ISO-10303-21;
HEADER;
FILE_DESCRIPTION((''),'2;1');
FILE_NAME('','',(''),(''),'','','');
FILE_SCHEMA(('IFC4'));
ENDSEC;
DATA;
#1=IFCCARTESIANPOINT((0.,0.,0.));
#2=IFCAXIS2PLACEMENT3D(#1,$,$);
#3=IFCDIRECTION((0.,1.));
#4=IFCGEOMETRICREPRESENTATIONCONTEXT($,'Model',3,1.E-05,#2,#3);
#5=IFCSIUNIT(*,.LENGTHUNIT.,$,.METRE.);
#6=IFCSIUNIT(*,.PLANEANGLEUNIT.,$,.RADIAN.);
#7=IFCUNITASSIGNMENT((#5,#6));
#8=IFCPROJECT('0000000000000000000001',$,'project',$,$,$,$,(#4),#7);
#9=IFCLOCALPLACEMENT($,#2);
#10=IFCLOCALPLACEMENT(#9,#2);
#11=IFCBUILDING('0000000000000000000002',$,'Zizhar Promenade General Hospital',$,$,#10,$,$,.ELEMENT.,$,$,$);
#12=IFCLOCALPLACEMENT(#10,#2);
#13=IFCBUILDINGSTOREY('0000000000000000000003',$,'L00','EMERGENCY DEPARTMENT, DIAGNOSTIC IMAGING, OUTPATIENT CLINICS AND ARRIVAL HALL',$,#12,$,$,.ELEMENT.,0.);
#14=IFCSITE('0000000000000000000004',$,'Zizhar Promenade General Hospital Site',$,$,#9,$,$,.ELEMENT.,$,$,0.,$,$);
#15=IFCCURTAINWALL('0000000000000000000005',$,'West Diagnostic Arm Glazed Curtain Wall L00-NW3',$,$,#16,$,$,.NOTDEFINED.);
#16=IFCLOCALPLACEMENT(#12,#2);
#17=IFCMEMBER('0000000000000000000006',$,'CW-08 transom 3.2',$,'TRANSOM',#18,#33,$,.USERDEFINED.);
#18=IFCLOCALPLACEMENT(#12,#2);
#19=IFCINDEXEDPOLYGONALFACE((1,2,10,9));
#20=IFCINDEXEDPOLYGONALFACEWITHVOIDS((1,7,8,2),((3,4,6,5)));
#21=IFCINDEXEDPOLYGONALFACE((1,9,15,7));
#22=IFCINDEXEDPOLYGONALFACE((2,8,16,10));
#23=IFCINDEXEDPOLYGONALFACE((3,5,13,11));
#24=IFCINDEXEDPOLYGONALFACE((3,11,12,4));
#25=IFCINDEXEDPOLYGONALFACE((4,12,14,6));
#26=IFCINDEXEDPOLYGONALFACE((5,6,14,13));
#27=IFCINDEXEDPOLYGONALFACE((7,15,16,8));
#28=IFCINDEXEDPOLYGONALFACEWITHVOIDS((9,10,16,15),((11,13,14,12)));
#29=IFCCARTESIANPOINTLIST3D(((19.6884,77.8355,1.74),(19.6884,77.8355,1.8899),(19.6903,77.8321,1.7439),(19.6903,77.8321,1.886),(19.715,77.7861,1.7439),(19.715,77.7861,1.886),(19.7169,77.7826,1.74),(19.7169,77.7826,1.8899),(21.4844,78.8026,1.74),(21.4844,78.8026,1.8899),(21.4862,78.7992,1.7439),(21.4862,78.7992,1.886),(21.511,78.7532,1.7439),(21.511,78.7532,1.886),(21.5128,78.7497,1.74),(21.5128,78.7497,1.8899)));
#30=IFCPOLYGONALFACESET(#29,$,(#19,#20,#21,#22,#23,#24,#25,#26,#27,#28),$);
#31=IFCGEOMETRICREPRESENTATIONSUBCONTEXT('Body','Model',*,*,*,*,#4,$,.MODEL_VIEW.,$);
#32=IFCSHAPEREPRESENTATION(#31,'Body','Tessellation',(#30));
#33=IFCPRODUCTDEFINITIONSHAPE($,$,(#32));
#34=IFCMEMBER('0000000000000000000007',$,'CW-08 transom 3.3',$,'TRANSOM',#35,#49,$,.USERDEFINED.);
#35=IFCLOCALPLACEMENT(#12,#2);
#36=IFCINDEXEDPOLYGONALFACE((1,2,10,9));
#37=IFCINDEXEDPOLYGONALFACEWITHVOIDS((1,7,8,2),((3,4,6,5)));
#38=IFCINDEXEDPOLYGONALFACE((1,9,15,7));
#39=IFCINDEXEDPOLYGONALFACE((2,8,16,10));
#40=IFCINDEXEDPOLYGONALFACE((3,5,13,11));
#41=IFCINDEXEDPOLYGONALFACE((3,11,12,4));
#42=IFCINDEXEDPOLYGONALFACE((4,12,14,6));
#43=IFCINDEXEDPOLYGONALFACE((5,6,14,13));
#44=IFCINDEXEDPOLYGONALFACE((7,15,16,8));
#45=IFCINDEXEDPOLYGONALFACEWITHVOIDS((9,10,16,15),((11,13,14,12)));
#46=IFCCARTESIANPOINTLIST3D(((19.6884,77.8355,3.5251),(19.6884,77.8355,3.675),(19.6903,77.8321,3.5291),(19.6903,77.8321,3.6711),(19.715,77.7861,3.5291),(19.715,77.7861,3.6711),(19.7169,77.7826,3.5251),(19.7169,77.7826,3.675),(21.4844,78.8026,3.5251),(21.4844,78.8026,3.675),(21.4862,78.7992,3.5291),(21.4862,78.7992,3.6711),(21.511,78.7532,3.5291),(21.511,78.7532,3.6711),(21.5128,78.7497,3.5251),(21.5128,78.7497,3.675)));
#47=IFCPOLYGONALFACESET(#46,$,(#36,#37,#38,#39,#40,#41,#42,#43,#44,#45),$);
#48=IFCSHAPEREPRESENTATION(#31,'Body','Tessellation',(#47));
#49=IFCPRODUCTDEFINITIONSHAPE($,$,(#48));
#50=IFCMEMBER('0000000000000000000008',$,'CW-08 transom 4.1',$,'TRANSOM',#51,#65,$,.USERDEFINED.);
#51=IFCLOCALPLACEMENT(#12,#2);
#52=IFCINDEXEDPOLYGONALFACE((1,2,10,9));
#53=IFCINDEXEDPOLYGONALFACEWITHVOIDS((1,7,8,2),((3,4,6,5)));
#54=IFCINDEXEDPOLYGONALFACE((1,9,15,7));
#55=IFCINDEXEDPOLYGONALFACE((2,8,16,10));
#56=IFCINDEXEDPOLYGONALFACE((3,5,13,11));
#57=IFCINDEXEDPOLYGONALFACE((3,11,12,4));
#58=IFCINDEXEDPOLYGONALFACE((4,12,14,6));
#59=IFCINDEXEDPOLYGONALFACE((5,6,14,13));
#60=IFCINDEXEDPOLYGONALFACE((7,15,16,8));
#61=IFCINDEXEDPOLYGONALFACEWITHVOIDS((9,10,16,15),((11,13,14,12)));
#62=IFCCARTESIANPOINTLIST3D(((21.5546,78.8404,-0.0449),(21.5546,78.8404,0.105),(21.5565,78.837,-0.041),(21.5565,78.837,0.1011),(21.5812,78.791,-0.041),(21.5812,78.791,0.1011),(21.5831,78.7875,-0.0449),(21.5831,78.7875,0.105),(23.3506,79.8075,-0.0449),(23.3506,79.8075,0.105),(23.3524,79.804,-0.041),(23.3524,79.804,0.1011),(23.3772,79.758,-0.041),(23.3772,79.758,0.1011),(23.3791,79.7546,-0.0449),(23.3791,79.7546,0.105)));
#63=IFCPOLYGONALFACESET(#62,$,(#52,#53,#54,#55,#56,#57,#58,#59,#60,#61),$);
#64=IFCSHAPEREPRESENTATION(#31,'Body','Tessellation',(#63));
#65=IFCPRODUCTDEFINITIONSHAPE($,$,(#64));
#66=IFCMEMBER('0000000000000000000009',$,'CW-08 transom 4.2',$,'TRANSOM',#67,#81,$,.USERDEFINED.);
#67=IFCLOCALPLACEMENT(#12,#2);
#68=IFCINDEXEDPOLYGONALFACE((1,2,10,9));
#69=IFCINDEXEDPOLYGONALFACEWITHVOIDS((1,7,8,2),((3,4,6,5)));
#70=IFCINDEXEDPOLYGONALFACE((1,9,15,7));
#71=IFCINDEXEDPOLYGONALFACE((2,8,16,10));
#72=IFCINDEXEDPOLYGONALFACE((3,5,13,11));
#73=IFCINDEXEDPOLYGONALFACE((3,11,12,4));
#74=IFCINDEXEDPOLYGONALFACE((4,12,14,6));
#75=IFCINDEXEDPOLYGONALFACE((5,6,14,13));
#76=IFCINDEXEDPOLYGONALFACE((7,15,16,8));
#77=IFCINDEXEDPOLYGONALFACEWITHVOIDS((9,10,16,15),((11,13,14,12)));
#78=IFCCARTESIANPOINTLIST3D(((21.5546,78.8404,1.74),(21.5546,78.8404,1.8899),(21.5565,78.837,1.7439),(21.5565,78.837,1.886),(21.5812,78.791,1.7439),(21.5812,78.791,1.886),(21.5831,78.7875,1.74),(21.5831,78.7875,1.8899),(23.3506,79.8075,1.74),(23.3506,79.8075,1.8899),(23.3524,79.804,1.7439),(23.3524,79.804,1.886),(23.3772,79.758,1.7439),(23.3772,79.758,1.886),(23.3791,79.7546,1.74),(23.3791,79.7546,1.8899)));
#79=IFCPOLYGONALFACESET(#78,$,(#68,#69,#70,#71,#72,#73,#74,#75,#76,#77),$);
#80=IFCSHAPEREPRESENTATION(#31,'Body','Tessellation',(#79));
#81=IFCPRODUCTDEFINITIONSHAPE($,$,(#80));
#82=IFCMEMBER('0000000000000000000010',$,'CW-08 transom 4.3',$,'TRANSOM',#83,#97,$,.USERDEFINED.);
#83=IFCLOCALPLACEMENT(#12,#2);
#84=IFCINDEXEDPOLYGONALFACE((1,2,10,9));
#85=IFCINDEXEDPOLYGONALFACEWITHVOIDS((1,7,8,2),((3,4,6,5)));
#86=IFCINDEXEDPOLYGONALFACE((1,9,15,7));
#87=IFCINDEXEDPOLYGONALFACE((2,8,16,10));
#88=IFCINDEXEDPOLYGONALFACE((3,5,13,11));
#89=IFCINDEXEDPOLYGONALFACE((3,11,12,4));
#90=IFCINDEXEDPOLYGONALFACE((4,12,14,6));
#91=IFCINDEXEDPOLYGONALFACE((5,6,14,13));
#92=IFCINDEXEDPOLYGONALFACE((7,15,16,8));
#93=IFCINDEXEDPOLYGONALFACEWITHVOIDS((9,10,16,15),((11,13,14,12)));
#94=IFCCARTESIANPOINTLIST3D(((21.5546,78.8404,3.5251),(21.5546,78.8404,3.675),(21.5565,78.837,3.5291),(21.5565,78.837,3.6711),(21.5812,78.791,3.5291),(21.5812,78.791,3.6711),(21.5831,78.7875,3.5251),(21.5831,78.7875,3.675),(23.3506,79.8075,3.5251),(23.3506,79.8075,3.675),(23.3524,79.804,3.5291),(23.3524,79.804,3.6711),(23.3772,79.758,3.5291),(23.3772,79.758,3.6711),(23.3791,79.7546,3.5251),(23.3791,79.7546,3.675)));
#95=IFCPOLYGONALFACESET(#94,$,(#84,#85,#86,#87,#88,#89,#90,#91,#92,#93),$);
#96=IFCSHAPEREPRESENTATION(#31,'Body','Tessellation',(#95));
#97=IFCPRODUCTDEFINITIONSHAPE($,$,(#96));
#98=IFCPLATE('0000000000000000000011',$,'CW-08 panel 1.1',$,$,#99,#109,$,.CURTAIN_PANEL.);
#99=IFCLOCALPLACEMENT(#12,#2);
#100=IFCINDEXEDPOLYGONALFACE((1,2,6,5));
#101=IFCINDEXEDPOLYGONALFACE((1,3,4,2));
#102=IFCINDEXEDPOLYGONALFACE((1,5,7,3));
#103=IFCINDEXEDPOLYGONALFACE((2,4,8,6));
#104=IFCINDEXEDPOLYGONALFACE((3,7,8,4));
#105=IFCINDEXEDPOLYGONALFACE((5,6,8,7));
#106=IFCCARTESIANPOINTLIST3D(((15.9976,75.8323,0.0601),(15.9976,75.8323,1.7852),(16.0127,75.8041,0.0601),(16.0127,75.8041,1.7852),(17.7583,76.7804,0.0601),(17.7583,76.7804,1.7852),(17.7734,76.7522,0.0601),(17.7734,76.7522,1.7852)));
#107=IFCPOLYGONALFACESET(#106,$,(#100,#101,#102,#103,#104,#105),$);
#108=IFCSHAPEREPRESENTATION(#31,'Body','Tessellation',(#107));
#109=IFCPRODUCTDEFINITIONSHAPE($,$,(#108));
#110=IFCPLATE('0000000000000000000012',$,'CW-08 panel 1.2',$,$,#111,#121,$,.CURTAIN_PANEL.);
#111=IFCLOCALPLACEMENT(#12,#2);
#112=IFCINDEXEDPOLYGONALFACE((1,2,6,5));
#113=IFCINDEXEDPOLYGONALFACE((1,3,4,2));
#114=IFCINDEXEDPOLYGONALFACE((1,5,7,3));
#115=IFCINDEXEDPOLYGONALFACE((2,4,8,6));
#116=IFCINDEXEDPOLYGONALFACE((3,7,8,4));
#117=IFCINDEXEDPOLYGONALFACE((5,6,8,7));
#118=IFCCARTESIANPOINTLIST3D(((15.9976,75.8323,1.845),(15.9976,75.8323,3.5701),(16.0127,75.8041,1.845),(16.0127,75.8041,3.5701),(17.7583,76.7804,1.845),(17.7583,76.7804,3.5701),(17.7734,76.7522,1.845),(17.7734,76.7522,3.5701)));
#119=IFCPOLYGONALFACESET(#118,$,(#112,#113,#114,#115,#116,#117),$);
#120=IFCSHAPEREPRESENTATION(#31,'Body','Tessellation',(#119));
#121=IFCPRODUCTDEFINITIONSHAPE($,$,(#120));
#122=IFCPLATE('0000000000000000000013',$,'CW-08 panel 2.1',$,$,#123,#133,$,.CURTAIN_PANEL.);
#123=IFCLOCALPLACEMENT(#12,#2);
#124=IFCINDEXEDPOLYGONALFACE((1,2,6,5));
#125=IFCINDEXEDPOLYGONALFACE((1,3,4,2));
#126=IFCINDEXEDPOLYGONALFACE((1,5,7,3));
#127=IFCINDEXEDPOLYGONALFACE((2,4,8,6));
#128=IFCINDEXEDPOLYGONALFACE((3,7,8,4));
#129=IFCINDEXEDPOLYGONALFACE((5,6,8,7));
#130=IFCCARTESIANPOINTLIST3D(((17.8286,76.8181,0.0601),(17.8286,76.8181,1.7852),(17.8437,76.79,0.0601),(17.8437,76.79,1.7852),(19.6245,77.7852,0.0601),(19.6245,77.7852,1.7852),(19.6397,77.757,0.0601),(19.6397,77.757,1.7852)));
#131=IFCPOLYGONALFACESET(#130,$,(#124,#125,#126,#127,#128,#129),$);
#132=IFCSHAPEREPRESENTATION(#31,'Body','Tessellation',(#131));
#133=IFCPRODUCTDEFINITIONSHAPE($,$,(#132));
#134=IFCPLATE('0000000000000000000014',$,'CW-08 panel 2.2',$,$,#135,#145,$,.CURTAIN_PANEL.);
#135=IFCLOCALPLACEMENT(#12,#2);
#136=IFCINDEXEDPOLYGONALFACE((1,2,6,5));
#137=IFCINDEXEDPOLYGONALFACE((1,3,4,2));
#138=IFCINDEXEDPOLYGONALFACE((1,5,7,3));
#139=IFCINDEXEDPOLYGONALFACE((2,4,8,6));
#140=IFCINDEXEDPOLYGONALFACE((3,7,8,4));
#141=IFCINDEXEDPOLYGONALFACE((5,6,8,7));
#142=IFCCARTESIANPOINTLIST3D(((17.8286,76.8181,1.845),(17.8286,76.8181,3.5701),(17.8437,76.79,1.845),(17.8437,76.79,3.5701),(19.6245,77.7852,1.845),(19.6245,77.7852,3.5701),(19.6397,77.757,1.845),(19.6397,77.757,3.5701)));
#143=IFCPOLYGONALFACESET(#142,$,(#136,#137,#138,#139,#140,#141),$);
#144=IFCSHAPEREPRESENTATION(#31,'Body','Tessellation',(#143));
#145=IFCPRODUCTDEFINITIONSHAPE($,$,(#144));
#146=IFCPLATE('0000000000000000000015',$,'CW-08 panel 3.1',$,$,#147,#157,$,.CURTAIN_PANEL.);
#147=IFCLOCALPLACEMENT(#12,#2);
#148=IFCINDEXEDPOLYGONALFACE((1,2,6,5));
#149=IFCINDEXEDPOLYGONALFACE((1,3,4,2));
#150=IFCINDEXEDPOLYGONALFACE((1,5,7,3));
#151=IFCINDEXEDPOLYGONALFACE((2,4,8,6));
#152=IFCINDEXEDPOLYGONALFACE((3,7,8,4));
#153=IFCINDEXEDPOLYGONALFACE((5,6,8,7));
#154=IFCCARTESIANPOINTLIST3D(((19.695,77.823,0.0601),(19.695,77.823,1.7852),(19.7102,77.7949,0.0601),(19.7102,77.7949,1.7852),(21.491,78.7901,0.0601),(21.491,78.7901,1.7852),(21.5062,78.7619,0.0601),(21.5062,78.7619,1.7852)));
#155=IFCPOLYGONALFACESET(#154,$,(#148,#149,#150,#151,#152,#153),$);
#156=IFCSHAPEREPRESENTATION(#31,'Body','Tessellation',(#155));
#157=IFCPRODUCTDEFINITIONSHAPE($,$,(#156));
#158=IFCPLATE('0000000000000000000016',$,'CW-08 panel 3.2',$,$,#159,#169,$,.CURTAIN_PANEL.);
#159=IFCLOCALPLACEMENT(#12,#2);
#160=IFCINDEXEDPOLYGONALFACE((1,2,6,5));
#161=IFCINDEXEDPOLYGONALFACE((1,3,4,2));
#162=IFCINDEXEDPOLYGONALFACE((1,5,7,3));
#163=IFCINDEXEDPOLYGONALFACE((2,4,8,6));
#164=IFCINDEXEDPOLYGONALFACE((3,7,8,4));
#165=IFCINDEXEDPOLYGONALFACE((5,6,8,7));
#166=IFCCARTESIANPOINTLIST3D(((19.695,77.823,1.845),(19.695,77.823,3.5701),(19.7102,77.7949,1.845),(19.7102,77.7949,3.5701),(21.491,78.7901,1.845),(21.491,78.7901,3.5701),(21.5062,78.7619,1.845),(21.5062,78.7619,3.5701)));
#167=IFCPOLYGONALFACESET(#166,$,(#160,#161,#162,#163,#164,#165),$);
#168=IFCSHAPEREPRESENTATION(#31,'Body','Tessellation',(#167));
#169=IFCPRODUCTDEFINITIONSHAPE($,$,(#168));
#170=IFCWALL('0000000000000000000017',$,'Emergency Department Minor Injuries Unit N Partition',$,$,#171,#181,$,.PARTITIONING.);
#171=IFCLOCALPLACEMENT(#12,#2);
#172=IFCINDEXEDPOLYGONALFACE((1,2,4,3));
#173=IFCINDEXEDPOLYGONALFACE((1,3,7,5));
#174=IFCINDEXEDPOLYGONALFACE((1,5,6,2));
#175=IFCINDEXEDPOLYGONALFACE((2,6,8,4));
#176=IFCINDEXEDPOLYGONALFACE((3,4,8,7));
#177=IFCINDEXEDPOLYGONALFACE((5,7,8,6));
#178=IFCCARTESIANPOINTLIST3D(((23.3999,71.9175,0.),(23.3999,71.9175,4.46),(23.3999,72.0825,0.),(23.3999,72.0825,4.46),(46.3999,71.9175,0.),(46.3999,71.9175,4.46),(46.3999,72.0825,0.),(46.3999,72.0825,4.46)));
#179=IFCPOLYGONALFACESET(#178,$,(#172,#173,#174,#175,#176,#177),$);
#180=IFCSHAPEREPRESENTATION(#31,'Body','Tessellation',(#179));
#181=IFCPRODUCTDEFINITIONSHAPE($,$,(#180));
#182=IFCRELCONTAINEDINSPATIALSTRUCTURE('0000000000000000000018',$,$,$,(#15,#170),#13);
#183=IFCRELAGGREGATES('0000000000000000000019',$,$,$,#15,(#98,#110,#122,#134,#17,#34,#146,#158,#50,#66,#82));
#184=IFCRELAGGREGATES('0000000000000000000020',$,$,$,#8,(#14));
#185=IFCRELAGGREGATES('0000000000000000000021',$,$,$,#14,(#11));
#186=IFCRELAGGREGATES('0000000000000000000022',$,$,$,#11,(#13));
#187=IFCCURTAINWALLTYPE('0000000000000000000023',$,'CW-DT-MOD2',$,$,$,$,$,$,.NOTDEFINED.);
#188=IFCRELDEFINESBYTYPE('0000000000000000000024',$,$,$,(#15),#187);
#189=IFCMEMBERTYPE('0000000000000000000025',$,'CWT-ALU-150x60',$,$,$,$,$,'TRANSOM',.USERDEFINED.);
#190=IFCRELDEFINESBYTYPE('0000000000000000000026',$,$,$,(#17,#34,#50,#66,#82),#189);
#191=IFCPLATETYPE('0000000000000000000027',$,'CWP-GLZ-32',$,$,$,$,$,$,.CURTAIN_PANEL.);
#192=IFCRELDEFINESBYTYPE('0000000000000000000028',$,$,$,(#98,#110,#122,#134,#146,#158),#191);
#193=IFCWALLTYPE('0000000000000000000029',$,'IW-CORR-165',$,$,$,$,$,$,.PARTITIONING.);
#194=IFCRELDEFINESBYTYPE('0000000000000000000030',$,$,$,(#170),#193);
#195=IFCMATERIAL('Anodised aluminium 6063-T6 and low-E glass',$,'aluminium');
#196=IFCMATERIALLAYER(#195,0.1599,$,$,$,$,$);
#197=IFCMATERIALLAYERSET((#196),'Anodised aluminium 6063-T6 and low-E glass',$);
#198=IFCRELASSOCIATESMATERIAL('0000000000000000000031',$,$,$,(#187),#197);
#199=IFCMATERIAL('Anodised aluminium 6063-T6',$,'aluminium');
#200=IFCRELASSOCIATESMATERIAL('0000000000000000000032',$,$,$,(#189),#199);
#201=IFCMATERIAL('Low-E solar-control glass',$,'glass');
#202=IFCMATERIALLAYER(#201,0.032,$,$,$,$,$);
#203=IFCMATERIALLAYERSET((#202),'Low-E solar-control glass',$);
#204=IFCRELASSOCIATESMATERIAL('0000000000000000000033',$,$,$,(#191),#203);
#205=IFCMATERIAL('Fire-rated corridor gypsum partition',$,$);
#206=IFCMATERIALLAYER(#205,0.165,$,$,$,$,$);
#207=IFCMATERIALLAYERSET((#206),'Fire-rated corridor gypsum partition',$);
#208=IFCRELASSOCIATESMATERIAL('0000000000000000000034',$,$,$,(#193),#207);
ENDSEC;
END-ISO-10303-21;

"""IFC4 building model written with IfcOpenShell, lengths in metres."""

from ifc_helpers import new_model, si_unit, direction, frame, frame_2d, origin, origin_2d, place, context, subcontext, project, spatial, rectangle, hollow_rectangle, extrude, material, layer, layer_set, material_profile, profile_set, type_object, element, aggregate, save


model = new_model("IFC4")

# Units and contexts
model_context = context("Model", 3, precision=1e-05, world=origin(), true_north=direction((0.0, 1.0)))
body_context = subcontext(model_context, "Body", "Model", "MODEL_VIEW")
ifc_project = project(units=[si_unit("LENGTHUNIT", "METRE"), si_unit("PLANEANGLEUNIT", "RADIAN")], contexts=[model_context])

# Site, building, storey
site_placement = place(None, origin())
site = spatial("IfcSite", under=ifc_project, at=site_placement, Name="Zizhar Promenade General Hospital Site", CompositionType="ELEMENT", RefElevation=0.0)
building_placement = place(site_placement, origin())
building = spatial("IfcBuilding", under=site, at=building_placement, Name="Zizhar Promenade General Hospital", CompositionType="ELEMENT")
storey_placement = place(building_placement, origin())
storey = spatial("IfcBuildingStorey", under=building, at=storey_placement, Name="L00", Description="EMERGENCY DEPARTMENT, DIAGNOSTIC IMAGING, OUTPATIENT CLINICS AND ARRIVAL HALL", CompositionType="ELEMENT", Elevation=0.0)

# Curtain wall, members, plates
ifc_material_1 = material(Name="Anodised aluminium 6063-T6 and low-E glass", Category="aluminium")
ifc_layer_1 = layer(ifc_material_1, 0.1599)
ifc_layer_set_1 = layer_set([ifc_layer_1], Name="Anodised aluminium 6063-T6 and low-E glass")
curtain_wall_type = type_object("IfcCurtainWallType", Name="CW-DT-MOD2", PredefinedType="NOTDEFINED", material=ifc_layer_set_1)
curtain_wall_placement = place(storey_placement, origin())
curtain_wall = element("IfcCurtainWall", 1, at=curtain_wall_placement, inside=storey, type_object=curtain_wall_type, Name="West Diagnostic Arm Glazed Curtain Wall L00-NW3", PredefinedType="NOTDEFINED")
ifc_material_2 = material(Name="Anodised aluminium 6063-T6", Category="aluminium")
ifc_material_profile_1 = material_profile(ifc_material_2, hollow_rectangle(XDim=0.0601, YDim=0.1499, WallThickness=0.0039, at=origin_2d()))
ifc_profile_set_1 = profile_set([ifc_material_profile_1], Name="Anodised aluminium 6063-T6")
member_type_1 = type_object("IfcMemberType", Name="CWT-ALU-150x60", ElementType="TRANSOM", PredefinedType="USERDEFINED", material=ifc_profile_set_1)
member_1_placement = place(storey_placement, frame((19.7026, 77.8091, 1.8149), z_axis=(0.880467, 0.474107, 0.0), x_axis=(-0.474107, 0.880467, 0.0)))
member_1 = element("IfcMember", 2, at=member_1_placement, type_object=member_type_1, Name="CW-08 transom 3.2", ObjectType="TRANSOM", PredefinedType="USERDEFINED", context=body_context, shape_type="SweptSolid", body=[
    extrude(hollow_rectangle(XDim=0.0601, YDim=0.1499, WallThickness=0.0039, at=origin_2d()), origin(), (0.0, 0.0, 1.0), 2.0398),
])
member_2_placement = place(storey_placement, frame((19.7026, 77.8091, 3.6001), z_axis=(0.880467, 0.474107, 0.0), x_axis=(-0.474107, 0.880467, 0.0)))
member_2 = element("IfcMember", 3, at=member_2_placement, type_object=member_type_1, Name="CW-08 transom 3.3", ObjectType="TRANSOM", PredefinedType="USERDEFINED", context=body_context, shape_type="SweptSolid", body=[
    extrude(hollow_rectangle(XDim=0.0601, YDim=0.1499, WallThickness=0.0039, at=origin_2d()), origin(), (0.0, 0.0, 1.0), 2.0398),
])
member_3_placement = place(storey_placement, frame((21.5688, 78.814, 0.03), z_axis=(0.880467, 0.474107, 0.0), x_axis=(-0.474107, 0.880467, 0.0)))
member_3 = element("IfcMember", 4, at=member_3_placement, type_object=member_type_1, Name="CW-08 transom 4.1", ObjectType="TRANSOM", PredefinedType="USERDEFINED", context=body_context, shape_type="SweptSolid", body=[
    extrude(hollow_rectangle(XDim=0.0601, YDim=0.1499, WallThickness=0.0039, at=origin_2d()), origin(), (0.0, 0.0, 1.0), 2.0398),
])
member_4_placement = place(storey_placement, frame((21.5688, 78.814, 1.8149), z_axis=(0.880467, 0.474107, 0.0), x_axis=(-0.474107, 0.880467, 0.0)))
member_4 = element("IfcMember", 5, at=member_4_placement, type_object=member_type_1, Name="CW-08 transom 4.2", ObjectType="TRANSOM", PredefinedType="USERDEFINED", context=body_context, shape_type="SweptSolid", body=[
    extrude(hollow_rectangle(XDim=0.0601, YDim=0.1499, WallThickness=0.0039, at=origin_2d()), origin(), (0.0, 0.0, 1.0), 2.0398),
])
member_5_placement = place(storey_placement, frame((21.5688, 78.814, 3.6001), z_axis=(0.880467, 0.474107, 0.0), x_axis=(-0.474107, 0.880467, 0.0)))
member_5 = element("IfcMember", 6, at=member_5_placement, type_object=member_type_1, Name="CW-08 transom 4.3", ObjectType="TRANSOM", PredefinedType="USERDEFINED", context=body_context, shape_type="SweptSolid", body=[
    extrude(hollow_rectangle(XDim=0.0601, YDim=0.1499, WallThickness=0.0039, at=origin_2d()), origin(), (0.0, 0.0, 1.0), 2.0398),
])
ifc_material_3 = material(Name="Low-E solar-control glass", Category="glass")
ifc_layer_2 = layer(ifc_material_3, 0.032)
ifc_layer_set_2 = layer_set([ifc_layer_2], Name="Low-E solar-control glass")
plate_type = type_object("IfcPlateType", Name="CWP-GLZ-32", PredefinedType="CURTAIN_PANEL", material=ifc_layer_set_2)
plate_1_placement = place(storey_placement, frame((16.8855, 76.2922, 0.0601), z_axis=(0.0, 0.0, 1.0), x_axis=(0.880473, 0.474097, 0.0)))
plate_1 = element("IfcPlate", 7, at=plate_1_placement, type_object=plate_type, Name="CW-08 panel 1.1", PredefinedType="CURTAIN_PANEL", context=body_context, shape_type="SweptSolid", body=[
    extrude(rectangle(XDim=1.9998, YDim=0.032, at=origin_2d()), origin(), (0.0, 0.0, 1.0), 1.7251),
])
plate_2_placement = place(storey_placement, frame((16.8855, 76.2922, 1.845), z_axis=(0.0, 0.0, 1.0), x_axis=(0.880473, 0.474097, 0.0)))
plate_2 = element("IfcPlate", 8, at=plate_2_placement, type_object=plate_type, Name="CW-08 panel 1.2", PredefinedType="CURTAIN_PANEL", context=body_context, shape_type="SweptSolid", body=[
    extrude(rectangle(XDim=1.9998, YDim=0.032, at=origin_2d()), origin(), (0.0, 0.0, 1.0), 1.7251),
])
plate_3_placement = place(storey_placement, frame((18.7341, 77.2876, 0.0601), z_axis=(0.0, 0.0, 1.0), x_axis=(0.880473, 0.474097, 0.0)))
plate_3 = element("IfcPlate", 9, at=plate_3_placement, type_object=plate_type, Name="CW-08 panel 2.1", PredefinedType="CURTAIN_PANEL", context=body_context, shape_type="SweptSolid", body=[
    extrude(rectangle(XDim=2.0398, YDim=0.032, at=origin_2d()), origin(), (0.0, 0.0, 1.0), 1.7251),
])
plate_4_placement = place(storey_placement, frame((18.7341, 77.2876, 1.845), z_axis=(0.0, 0.0, 1.0), x_axis=(0.880473, 0.474097, 0.0)))
plate_4 = element("IfcPlate", 10, at=plate_4_placement, type_object=plate_type, Name="CW-08 panel 2.2", PredefinedType="CURTAIN_PANEL", context=body_context, shape_type="SweptSolid", body=[
    extrude(rectangle(XDim=2.0398, YDim=0.032, at=origin_2d()), origin(), (0.0, 0.0, 1.0), 1.7251),
])
plate_5_placement = place(storey_placement, frame((20.6006, 78.2925, 0.0601), z_axis=(0.0, 0.0, 1.0), x_axis=(0.880473, 0.474097, 0.0)))
plate_5 = element("IfcPlate", 11, at=plate_5_placement, type_object=plate_type, Name="CW-08 panel 3.1", PredefinedType="CURTAIN_PANEL", context=body_context, shape_type="SweptSolid", body=[
    extrude(rectangle(XDim=2.0398, YDim=0.032, at=origin_2d()), origin(), (0.0, 0.0, 1.0), 1.7251),
])
plate_6_placement = place(storey_placement, frame((20.6006, 78.2925, 1.845), z_axis=(0.0, 0.0, 1.0), x_axis=(0.880473, 0.474097, 0.0)))
plate_6 = element("IfcPlate", 12, at=plate_6_placement, type_object=plate_type, Name="CW-08 panel 3.2", PredefinedType="CURTAIN_PANEL", context=body_context, shape_type="SweptSolid", body=[
    extrude(rectangle(XDim=2.0398, YDim=0.032, at=origin_2d()), origin(), (0.0, 0.0, 1.0), 1.7251),
])
aggregate(curtain_wall, [plate_1, plate_2, plate_3, plate_4, member_1, member_2, plate_5, plate_6, member_3, member_4, member_5])

# Wall
ifc_material_4 = material(Name="Fire-rated corridor gypsum partition")
ifc_layer_3 = layer(ifc_material_4, 0.165)
ifc_layer_set_3 = layer_set([ifc_layer_3], Name="Fire-rated corridor gypsum partition")
wall_type = type_object("IfcWallType", Name="IW-CORR-165", PredefinedType="PARTITIONING", material=ifc_layer_set_3)
wall_1_placement = place(storey_placement, frame((23.3999, 72.0, 0.0), z_axis=(0.0, 0.0, 1.0), x_axis=(1.0, 0.0, 0.0)))
element("IfcWall", 13, at=wall_1_placement, inside=storey, type_object=wall_type, Name="Emergency Department Minor Injuries Unit N Partition", PredefinedType="PARTITIONING", context=body_context, shape_type="SweptSolid", body=[
    extrude(rectangle(XDim=23.0, YDim=0.165, at=frame_2d((11.5, 0.0))), origin(), (0.0, 0.0, 1.0), 4.46),
])

save(model, "model.ifc")
